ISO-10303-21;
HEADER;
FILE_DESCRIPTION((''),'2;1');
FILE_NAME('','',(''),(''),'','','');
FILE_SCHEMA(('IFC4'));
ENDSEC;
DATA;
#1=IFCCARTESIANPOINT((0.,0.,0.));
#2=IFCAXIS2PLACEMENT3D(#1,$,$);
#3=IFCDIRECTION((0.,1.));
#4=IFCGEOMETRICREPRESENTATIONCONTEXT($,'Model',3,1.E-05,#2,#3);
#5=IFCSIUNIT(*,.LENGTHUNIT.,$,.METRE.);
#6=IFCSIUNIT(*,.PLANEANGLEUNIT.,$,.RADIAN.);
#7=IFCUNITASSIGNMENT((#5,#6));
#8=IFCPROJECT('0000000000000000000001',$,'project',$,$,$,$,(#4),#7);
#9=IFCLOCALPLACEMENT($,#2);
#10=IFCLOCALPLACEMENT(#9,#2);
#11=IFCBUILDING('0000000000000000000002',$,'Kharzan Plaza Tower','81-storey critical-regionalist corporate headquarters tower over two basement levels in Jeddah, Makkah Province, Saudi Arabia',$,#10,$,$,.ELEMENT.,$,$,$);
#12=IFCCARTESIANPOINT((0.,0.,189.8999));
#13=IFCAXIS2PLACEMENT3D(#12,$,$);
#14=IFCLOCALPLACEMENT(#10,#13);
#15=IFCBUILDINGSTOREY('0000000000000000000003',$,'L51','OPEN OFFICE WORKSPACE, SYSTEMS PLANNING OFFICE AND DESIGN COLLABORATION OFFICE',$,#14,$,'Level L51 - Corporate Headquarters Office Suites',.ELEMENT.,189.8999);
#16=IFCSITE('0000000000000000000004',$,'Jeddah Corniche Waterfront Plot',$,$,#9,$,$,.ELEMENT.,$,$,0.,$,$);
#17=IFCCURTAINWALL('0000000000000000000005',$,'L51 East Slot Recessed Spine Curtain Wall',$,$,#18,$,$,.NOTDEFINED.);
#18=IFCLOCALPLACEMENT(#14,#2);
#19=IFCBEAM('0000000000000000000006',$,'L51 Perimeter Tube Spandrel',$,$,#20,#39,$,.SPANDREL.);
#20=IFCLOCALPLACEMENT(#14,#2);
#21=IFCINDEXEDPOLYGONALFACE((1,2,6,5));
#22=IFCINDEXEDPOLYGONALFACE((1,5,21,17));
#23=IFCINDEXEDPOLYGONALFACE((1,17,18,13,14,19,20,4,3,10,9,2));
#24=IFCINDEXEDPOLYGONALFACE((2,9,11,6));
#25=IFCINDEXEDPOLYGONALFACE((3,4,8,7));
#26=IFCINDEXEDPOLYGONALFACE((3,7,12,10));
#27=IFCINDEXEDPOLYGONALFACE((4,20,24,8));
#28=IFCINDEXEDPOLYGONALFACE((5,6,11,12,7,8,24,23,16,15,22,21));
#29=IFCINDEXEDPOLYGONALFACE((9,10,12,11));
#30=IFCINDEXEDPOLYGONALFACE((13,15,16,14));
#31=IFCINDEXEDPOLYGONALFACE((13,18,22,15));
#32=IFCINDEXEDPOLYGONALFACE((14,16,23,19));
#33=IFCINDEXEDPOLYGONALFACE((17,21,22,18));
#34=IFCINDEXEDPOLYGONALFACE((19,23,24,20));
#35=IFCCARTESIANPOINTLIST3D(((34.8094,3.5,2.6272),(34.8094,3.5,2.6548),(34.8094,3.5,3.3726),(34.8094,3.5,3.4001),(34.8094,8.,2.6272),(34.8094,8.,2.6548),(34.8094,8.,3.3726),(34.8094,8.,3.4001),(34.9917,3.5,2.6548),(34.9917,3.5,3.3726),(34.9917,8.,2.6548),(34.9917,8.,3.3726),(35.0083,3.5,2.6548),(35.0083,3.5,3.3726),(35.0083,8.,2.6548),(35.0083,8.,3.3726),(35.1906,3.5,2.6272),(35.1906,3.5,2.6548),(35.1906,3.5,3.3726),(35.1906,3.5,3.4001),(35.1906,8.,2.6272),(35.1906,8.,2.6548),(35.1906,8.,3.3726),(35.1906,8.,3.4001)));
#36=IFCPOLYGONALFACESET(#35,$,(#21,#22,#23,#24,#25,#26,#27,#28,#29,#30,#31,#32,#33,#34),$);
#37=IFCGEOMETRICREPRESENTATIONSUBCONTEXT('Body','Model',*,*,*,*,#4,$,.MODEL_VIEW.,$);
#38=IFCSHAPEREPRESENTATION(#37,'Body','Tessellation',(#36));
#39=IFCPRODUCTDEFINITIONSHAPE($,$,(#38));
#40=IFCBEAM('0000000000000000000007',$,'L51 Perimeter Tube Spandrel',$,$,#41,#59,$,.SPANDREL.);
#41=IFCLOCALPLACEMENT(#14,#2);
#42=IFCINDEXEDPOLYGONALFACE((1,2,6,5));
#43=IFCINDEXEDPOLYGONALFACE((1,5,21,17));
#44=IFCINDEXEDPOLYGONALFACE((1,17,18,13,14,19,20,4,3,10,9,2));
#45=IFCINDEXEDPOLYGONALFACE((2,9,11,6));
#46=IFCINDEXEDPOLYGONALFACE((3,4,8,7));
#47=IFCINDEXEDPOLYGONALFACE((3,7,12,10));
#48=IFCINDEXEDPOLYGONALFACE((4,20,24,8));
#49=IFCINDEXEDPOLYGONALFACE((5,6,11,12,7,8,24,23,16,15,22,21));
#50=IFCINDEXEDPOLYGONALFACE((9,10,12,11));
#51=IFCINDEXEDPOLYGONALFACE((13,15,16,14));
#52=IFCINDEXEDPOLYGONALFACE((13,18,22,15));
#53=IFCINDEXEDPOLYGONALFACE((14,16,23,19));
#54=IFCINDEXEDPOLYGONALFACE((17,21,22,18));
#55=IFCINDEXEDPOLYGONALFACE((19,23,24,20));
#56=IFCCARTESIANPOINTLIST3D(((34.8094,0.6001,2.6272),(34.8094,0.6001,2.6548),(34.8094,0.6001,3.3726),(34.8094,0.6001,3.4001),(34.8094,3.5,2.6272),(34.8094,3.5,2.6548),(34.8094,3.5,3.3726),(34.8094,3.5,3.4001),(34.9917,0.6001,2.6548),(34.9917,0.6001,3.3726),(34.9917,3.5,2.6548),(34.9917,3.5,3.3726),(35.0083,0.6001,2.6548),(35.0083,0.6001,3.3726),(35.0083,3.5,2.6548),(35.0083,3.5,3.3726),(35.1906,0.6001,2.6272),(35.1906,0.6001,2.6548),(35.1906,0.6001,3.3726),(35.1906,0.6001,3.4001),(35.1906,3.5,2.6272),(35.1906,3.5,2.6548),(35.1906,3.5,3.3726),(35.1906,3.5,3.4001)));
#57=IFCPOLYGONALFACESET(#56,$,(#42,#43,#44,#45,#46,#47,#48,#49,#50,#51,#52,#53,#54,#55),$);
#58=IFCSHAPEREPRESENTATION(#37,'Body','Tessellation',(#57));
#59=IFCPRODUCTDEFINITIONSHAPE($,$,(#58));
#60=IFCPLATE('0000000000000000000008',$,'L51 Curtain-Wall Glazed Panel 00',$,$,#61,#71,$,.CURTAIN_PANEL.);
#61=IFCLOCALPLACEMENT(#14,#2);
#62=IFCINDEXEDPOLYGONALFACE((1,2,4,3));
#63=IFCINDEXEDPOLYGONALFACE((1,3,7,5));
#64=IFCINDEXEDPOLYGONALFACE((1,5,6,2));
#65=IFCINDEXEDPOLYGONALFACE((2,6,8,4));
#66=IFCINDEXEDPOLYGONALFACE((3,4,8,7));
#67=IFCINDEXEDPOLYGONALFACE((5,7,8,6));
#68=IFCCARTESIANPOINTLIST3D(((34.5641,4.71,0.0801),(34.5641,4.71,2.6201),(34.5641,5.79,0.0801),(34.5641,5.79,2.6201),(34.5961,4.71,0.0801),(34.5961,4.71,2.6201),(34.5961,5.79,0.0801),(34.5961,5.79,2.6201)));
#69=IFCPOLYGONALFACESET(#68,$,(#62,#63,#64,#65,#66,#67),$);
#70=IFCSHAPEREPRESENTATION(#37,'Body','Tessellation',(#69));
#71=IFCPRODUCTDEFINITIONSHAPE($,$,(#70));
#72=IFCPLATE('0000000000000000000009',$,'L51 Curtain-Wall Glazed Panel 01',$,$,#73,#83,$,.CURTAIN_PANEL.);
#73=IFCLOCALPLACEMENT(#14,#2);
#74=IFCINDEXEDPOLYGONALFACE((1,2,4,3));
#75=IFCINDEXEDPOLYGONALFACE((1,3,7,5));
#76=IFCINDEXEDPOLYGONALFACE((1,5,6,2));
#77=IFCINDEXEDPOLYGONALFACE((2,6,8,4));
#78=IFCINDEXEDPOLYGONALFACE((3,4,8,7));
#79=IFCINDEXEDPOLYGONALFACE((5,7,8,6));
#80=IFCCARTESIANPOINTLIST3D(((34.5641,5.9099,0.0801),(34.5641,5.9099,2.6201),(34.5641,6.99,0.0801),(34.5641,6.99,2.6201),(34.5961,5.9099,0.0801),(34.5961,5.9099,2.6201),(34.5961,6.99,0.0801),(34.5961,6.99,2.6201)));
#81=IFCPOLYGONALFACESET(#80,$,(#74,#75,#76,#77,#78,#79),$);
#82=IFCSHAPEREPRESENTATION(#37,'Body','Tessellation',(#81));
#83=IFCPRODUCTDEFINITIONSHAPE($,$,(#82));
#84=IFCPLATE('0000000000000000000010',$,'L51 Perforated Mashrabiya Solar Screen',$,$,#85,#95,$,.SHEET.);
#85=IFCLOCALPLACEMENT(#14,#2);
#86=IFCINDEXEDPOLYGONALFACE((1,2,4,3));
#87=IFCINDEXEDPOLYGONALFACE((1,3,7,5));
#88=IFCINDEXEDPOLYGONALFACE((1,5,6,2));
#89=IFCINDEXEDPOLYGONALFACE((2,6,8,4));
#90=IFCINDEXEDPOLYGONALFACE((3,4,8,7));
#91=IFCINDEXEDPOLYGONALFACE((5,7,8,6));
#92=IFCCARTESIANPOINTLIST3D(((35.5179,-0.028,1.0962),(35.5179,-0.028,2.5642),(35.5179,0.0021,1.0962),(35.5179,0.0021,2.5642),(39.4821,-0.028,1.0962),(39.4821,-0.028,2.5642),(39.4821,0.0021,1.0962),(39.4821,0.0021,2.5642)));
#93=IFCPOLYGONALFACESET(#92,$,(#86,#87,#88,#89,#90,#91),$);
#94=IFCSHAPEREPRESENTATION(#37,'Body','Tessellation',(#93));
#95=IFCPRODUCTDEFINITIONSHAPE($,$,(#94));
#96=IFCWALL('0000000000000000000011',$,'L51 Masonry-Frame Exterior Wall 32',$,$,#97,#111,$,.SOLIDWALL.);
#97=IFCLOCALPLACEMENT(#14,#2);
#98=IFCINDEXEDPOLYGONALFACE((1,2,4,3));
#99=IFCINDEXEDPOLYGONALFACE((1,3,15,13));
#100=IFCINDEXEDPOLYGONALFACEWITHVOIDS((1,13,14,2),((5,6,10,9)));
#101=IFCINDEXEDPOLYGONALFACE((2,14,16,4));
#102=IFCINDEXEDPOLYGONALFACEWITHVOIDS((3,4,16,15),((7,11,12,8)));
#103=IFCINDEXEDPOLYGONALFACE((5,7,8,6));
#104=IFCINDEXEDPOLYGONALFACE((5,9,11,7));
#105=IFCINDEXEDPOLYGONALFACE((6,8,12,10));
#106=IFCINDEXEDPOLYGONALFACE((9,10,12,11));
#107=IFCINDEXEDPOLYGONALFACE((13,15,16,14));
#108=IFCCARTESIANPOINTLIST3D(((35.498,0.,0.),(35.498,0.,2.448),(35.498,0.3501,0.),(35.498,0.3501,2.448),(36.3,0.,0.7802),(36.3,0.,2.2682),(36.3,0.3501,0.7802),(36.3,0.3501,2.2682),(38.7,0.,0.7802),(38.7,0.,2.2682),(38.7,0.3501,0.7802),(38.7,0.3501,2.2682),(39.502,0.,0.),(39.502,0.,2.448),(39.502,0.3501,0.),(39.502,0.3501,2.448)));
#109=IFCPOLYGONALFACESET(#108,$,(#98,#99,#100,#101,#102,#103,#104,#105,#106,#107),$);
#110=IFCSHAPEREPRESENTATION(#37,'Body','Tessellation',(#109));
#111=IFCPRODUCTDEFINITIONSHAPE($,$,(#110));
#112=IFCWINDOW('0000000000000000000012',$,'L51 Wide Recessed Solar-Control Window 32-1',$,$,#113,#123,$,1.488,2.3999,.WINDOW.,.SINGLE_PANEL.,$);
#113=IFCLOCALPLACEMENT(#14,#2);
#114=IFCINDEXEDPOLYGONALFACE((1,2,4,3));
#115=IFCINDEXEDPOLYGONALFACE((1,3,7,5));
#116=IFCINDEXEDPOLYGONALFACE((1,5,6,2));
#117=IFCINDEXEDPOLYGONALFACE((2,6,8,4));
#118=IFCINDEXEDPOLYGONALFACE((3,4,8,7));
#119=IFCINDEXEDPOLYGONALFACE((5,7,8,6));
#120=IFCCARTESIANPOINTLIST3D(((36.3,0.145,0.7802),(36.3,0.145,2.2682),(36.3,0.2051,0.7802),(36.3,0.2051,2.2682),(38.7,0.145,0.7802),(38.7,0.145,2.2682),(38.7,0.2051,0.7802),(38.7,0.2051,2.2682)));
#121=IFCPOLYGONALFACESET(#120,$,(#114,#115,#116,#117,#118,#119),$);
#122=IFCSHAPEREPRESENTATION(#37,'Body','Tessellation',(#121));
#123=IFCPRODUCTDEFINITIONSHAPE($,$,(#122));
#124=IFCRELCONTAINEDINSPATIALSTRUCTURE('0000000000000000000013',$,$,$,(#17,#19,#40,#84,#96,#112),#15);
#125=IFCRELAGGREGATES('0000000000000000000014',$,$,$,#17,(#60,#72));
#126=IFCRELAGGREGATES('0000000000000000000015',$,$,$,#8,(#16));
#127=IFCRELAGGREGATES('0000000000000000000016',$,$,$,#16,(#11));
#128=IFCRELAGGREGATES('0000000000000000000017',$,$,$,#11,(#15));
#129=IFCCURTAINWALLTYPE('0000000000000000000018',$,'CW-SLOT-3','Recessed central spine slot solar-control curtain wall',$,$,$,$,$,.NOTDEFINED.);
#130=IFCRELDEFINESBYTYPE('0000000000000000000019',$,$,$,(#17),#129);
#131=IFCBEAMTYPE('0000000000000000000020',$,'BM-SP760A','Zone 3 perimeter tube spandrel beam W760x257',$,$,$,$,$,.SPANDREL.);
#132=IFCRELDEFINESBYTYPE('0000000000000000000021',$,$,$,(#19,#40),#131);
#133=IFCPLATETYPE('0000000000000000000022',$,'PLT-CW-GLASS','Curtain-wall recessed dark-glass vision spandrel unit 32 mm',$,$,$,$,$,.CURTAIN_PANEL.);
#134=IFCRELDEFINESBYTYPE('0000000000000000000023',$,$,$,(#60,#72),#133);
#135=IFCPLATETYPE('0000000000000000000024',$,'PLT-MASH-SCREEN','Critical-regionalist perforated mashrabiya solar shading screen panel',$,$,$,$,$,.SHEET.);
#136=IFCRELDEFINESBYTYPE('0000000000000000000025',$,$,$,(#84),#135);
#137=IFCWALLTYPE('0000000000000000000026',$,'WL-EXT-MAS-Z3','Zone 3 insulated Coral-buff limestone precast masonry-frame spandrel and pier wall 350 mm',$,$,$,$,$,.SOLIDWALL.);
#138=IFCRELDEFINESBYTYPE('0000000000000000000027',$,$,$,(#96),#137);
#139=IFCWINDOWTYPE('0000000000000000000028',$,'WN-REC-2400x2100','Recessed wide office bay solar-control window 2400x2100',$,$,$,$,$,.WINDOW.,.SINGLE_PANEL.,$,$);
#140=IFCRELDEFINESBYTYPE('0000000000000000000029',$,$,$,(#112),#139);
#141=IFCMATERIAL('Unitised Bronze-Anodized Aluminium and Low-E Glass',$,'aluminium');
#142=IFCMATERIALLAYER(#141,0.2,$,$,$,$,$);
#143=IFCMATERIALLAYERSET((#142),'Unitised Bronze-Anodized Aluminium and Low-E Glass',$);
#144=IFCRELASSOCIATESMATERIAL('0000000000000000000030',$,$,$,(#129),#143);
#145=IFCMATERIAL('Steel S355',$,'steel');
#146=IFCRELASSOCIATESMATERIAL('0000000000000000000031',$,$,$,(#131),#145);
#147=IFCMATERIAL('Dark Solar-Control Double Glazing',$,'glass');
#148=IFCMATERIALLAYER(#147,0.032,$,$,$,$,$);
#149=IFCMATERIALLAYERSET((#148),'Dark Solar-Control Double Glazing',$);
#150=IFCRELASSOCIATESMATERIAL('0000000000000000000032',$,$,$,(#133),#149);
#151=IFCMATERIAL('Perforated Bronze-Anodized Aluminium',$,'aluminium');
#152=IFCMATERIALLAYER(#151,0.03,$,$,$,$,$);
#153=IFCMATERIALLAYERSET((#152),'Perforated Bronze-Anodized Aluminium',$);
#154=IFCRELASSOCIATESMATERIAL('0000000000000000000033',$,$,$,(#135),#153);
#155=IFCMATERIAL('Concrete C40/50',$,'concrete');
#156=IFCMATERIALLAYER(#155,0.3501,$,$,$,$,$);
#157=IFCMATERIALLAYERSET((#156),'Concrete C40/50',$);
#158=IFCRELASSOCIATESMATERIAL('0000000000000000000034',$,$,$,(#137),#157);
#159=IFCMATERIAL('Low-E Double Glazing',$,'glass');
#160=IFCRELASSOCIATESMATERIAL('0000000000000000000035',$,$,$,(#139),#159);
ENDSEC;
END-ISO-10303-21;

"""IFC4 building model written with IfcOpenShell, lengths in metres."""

from ifc_helpers import new_model, si_unit, direction, frame, frame_2d, origin, origin_2d, place, context, subcontext, project, spatial, rectangle, i_section, extrude, source, transform, mapped, material, layer, layer_set, material_profile, profile_set, type_object, element, fill, aggregate, save


model = new_model("IFC4")

# Units and contexts
model_context = context("Model", 3, precision=1e-05, world=origin(), true_north=direction((0.0, 1.0)))
body_context = subcontext(model_context, "Body", "Model", "MODEL_VIEW")
ifc_project = project(units=[si_unit("LENGTHUNIT", "METRE"), si_unit("PLANEANGLEUNIT", "RADIAN")], contexts=[model_context])

# Site, building, storey
site_placement = place(None, origin())
site = spatial("IfcSite", under=ifc_project, at=site_placement, Name="Jeddah Corniche Waterfront Plot", CompositionType="ELEMENT", RefElevation=0.0)
building_placement = place(site_placement, origin())
building = spatial("IfcBuilding", under=site, at=building_placement, Name="Kharzan Plaza Tower", Description="81-storey critical-regionalist corporate headquarters tower over two basement levels in Jeddah, Makkah Province, Saudi Arabia", CompositionType="ELEMENT")
storey_placement = place(building_placement, frame((0.0, 0.0, 189.8999)))
storey = spatial("IfcBuildingStorey", under=building, at=storey_placement, Name="L51", Description="OPEN OFFICE WORKSPACE, SYSTEMS PLANNING OFFICE AND DESIGN COLLABORATION OFFICE", LongName="Level L51 - Corporate Headquarters Office Suites", CompositionType="ELEMENT", Elevation=189.8999)

# Shared definitions
ifc_material_1 = material(Name="Steel S355", Category="steel")

# Curtain wall
ifc_material_2 = material(Name="Unitised Bronze-Anodized Aluminium and Low-E Glass", Category="aluminium")
ifc_layer_1 = layer(ifc_material_2, 0.2)
ifc_layer_set_1 = layer_set([ifc_layer_1], Name="Unitised Bronze-Anodized Aluminium and Low-E Glass")
curtain_wall_type = type_object("IfcCurtainWallType", Name="CW-SLOT-3", Description="Recessed central spine slot solar-control curtain wall", PredefinedType="NOTDEFINED", material=ifc_layer_set_1)
curtain_wall_placement = place(storey_placement, origin())
curtain_wall = element("IfcCurtainWall", 1, at=curtain_wall_placement, inside=storey, type_object=curtain_wall_type, Name="L51 East Slot Recessed Spine Curtain Wall", PredefinedType="NOTDEFINED")

# Beams
ifc_material_profile_1 = material_profile(ifc_material_1, i_section(OverallWidth=0.3811, OverallDepth=0.7729, WebThickness=0.0166, FlangeThickness=0.0276, at=origin_2d()), Name="W760x257")
ifc_profile_set_1 = profile_set([ifc_material_profile_1], Name="Steel S355")
beam_type_1 = type_object("IfcBeamType", Name="BM-SP760A", Description="Zone 3 perimeter tube spandrel beam W760x257", PredefinedType="SPANDREL", material=ifc_profile_set_1)
shared_shape_1 = source(origin(), body_context, "Body", "SweptSolid", [
    extrude(i_section(OverallWidth=0.3811, OverallDepth=0.7729, WebThickness=0.0166, FlangeThickness=0.0276, at=origin_2d()), origin(), (0.0, 0.0, 1.0), 4.5),
])
beam_1_placement = place(storey_placement, frame((35.0, 3.5, 3.0137), z_axis=(0.0, 1.0, 0.0), x_axis=(-1.0, 0.0, 0.0)))
element("IfcBeam", 2, at=beam_1_placement, inside=storey, type_object=beam_type_1, Name="L51 Perimeter Tube Spandrel", PredefinedType="SPANDREL", context=body_context, shape_type="MappedRepresentation", body=[
    mapped(shared_shape_1, transform((0.0, 0.0, 0.0), x_axis=(1.0, 0.0, 0.0), y_axis=(0.0, 1.0, 0.0), z_axis=(0.0, 0.0, 1.0))),
])
shared_shape_2 = source(origin(), body_context, "Body", "SweptSolid", [
    extrude(i_section(OverallWidth=0.3811, OverallDepth=0.7729, WebThickness=0.0166, FlangeThickness=0.0276, at=origin_2d()), origin(), (0.0, 0.0, 1.0), 2.8999),
])
beam_2_placement = place(storey_placement, frame((35.0, 0.6001, 3.0137), z_axis=(0.0, 1.0, 0.0), x_axis=(-1.0, 0.0, 0.0)))
element("IfcBeam", 3, at=beam_2_placement, inside=storey, type_object=beam_type_1, Name="L51 Perimeter Tube Spandrel", PredefinedType="SPANDREL", context=body_context, shape_type="MappedRepresentation", body=[
    mapped(shared_shape_2, transform((0.0, 0.0, 0.0), x_axis=(1.0, 0.0, 0.0), y_axis=(0.0, 1.0, 0.0), z_axis=(0.0, 0.0, 1.0))),
])

# Plates
ifc_material_3 = material(Name="Dark Solar-Control Double Glazing", Category="glass")
ifc_layer_2 = layer(ifc_material_3, 0.032)
ifc_layer_set_2 = layer_set([ifc_layer_2], Name="Dark Solar-Control Double Glazing")
plate_type_1 = type_object("IfcPlateType", Name="PLT-CW-GLASS", Description="Curtain-wall recessed dark-glass vision spandrel unit 32 mm", PredefinedType="CURTAIN_PANEL", material=ifc_layer_set_2)
shared_shape_3 = source(origin(), body_context, "Body", "SweptSolid", [
    extrude(rectangle(XDim=1.0801, YDim=0.032, at=origin_2d()), origin(), (0.0, 0.0, 1.0), 2.54),
])
plate_1_placement = place(storey_placement, frame((34.5801, 5.25, 0.0801), z_axis=(0.0, 0.0, 1.0), x_axis=(0.0, 1.0, 0.0)))
plate_1 = element("IfcPlate", 4, at=plate_1_placement, type_object=plate_type_1, Name="L51 Curtain-Wall Glazed Panel 00", PredefinedType="CURTAIN_PANEL", context=body_context, shape_type="MappedRepresentation", body=[
    mapped(shared_shape_3, transform((0.0, 0.0, 0.0), x_axis=(1.0, 0.0, 0.0), y_axis=(0.0, 1.0, 0.0), z_axis=(0.0, 0.0, 1.0))),
])
plate_2_placement = place(storey_placement, frame((34.5801, 6.45, 0.0801), z_axis=(0.0, 0.0, 1.0), x_axis=(0.0, 1.0, 0.0)))
plate_2 = element("IfcPlate", 5, at=plate_2_placement, type_object=plate_type_1, Name="L51 Curtain-Wall Glazed Panel 01", PredefinedType="CURTAIN_PANEL", context=body_context, shape_type="MappedRepresentation", body=[
    mapped(shared_shape_3, transform((0.0, 0.0, 0.0), x_axis=(1.0, 0.0, 0.0), y_axis=(0.0, 1.0, 0.0), z_axis=(0.0, 0.0, 1.0))),
])
aggregate(curtain_wall, [plate_1, plate_2])
ifc_material_4 = material(Name="Perforated Bronze-Anodized Aluminium", Category="aluminium")
ifc_layer_3 = layer(ifc_material_4, 0.03)
ifc_layer_set_3 = layer_set([ifc_layer_3], Name="Perforated Bronze-Anodized Aluminium")
plate_type_2 = type_object("IfcPlateType", Name="PLT-MASH-SCREEN", Description="Critical-regionalist perforated mashrabiya solar shading screen panel", PredefinedType="SHEET", material=ifc_layer_set_3)
shared_shape_4 = source(origin(), body_context, "Body", "SweptSolid", [
    extrude(rectangle(XDim=3.9641, YDim=0.03, at=origin_2d()), origin(), (0.0, 0.0, 1.0), 1.468),
])
plate_3_placement = place(storey_placement, frame((37.5, -0.0129, 1.0962), z_axis=(0.0, 0.0, 1.0), x_axis=(1.0, 0.0, 0.0)))
element("IfcPlate", 6, at=plate_3_placement, inside=storey, type_object=plate_type_2, Name="L51 Perforated Mashrabiya Solar Screen", PredefinedType="SHEET", context=body_context, shape_type="MappedRepresentation", body=[
    mapped(shared_shape_4, transform((0.0, 0.0, 0.0), x_axis=(1.0, 0.0, 0.0), y_axis=(0.0, 1.0, 0.0), z_axis=(0.0, 0.0, 1.0))),
])

# Wall, opening, window
ifc_material_5 = material(Name="Concrete C40/50", Category="concrete")
ifc_layer_4 = layer(ifc_material_5, 0.3501)
ifc_layer_set_4 = layer_set([ifc_layer_4], Name="Concrete C40/50")
wall_type_1 = type_object("IfcWallType", Name="WL-EXT-MAS-Z3", Description="Zone 3 insulated Coral-buff limestone precast masonry-frame spandrel and pier wall 350 mm", PredefinedType="SOLIDWALL", material=ifc_layer_set_4)
wall_1_placement = place(storey_placement, frame((35.498, 0.175, 0.0), z_axis=(0.0, 0.0, 1.0), x_axis=(1.0, 0.0, 0.0)))
wall_1 = element("IfcWall", 7, at=wall_1_placement, inside=storey, type_object=wall_type_1, Name="L51 Masonry-Frame Exterior Wall 32", PredefinedType="SOLIDWALL", context=body_context, shape_type="SweptSolid", body=[
    extrude(rectangle(XDim=4.0039, YDim=0.3501, at=frame_2d((2.002, 0.0))), origin(), (0.0, 0.0, 1.0), 2.448),
])
opening_1_placement = place(wall_1_placement, frame((0.802, 0.0, 0.78)))
opening_1 = element("IfcOpeningElement", 8, at=opening_1_placement, cuts=wall_1, PredefinedType="OPENING", context=body_context, shape_type="SweptSolid", body=[
    extrude(rectangle(XDim=2.3999, YDim=1.488, at=frame_2d((1.2, 0.7441))), frame((0.0, 0.1851, 0.0), z_axis=(0.0, -1.0, 0.0), x_axis=(1.0, 0.0, 0.0)), (0.0, 0.0, 1.0), 0.3701),
])
ifc_material_6 = material(Name="Low-E Double Glazing", Category="glass")
window_type_1 = type_object("IfcWindowType", Name="WN-REC-2400x2100", Description="Recessed wide office bay solar-control window 2400x2100", PartitioningType="SINGLE_PANEL", PredefinedType="WINDOW", material=ifc_material_6)
shared_shape_5 = source(origin(), body_context, "Body", "SweptSolid", [
    extrude(rectangle(XDim=2.3999, YDim=1.488, at=frame_2d((1.2, 0.7441))), frame((0.0, 0.03, 0.0), z_axis=(0.0, -1.0, 0.0), x_axis=(1.0, 0.0, 0.0)), (0.0, 0.0, 1.0), 0.0601),
])
window_1_placement = place(opening_1_placement, origin())
window_1 = element("IfcWindow", 9, at=window_1_placement, inside=storey, type_object=window_type_1, Name="L51 Wide Recessed Solar-Control Window 32-1", OverallHeight=1.488, OverallWidth=2.3999, PartitioningType="SINGLE_PANEL", PredefinedType="WINDOW", context=body_context, shape_type="MappedRepresentation", body=[
    mapped(shared_shape_5, transform((0.0, 0.0, 0.0), x_axis=(1.0, 0.0, 0.0), y_axis=(0.0, 1.0, 0.0), z_axis=(0.0, 0.0, 1.0))),
])
fill(opening_1, window_1)

save(model, "model.ifc")
